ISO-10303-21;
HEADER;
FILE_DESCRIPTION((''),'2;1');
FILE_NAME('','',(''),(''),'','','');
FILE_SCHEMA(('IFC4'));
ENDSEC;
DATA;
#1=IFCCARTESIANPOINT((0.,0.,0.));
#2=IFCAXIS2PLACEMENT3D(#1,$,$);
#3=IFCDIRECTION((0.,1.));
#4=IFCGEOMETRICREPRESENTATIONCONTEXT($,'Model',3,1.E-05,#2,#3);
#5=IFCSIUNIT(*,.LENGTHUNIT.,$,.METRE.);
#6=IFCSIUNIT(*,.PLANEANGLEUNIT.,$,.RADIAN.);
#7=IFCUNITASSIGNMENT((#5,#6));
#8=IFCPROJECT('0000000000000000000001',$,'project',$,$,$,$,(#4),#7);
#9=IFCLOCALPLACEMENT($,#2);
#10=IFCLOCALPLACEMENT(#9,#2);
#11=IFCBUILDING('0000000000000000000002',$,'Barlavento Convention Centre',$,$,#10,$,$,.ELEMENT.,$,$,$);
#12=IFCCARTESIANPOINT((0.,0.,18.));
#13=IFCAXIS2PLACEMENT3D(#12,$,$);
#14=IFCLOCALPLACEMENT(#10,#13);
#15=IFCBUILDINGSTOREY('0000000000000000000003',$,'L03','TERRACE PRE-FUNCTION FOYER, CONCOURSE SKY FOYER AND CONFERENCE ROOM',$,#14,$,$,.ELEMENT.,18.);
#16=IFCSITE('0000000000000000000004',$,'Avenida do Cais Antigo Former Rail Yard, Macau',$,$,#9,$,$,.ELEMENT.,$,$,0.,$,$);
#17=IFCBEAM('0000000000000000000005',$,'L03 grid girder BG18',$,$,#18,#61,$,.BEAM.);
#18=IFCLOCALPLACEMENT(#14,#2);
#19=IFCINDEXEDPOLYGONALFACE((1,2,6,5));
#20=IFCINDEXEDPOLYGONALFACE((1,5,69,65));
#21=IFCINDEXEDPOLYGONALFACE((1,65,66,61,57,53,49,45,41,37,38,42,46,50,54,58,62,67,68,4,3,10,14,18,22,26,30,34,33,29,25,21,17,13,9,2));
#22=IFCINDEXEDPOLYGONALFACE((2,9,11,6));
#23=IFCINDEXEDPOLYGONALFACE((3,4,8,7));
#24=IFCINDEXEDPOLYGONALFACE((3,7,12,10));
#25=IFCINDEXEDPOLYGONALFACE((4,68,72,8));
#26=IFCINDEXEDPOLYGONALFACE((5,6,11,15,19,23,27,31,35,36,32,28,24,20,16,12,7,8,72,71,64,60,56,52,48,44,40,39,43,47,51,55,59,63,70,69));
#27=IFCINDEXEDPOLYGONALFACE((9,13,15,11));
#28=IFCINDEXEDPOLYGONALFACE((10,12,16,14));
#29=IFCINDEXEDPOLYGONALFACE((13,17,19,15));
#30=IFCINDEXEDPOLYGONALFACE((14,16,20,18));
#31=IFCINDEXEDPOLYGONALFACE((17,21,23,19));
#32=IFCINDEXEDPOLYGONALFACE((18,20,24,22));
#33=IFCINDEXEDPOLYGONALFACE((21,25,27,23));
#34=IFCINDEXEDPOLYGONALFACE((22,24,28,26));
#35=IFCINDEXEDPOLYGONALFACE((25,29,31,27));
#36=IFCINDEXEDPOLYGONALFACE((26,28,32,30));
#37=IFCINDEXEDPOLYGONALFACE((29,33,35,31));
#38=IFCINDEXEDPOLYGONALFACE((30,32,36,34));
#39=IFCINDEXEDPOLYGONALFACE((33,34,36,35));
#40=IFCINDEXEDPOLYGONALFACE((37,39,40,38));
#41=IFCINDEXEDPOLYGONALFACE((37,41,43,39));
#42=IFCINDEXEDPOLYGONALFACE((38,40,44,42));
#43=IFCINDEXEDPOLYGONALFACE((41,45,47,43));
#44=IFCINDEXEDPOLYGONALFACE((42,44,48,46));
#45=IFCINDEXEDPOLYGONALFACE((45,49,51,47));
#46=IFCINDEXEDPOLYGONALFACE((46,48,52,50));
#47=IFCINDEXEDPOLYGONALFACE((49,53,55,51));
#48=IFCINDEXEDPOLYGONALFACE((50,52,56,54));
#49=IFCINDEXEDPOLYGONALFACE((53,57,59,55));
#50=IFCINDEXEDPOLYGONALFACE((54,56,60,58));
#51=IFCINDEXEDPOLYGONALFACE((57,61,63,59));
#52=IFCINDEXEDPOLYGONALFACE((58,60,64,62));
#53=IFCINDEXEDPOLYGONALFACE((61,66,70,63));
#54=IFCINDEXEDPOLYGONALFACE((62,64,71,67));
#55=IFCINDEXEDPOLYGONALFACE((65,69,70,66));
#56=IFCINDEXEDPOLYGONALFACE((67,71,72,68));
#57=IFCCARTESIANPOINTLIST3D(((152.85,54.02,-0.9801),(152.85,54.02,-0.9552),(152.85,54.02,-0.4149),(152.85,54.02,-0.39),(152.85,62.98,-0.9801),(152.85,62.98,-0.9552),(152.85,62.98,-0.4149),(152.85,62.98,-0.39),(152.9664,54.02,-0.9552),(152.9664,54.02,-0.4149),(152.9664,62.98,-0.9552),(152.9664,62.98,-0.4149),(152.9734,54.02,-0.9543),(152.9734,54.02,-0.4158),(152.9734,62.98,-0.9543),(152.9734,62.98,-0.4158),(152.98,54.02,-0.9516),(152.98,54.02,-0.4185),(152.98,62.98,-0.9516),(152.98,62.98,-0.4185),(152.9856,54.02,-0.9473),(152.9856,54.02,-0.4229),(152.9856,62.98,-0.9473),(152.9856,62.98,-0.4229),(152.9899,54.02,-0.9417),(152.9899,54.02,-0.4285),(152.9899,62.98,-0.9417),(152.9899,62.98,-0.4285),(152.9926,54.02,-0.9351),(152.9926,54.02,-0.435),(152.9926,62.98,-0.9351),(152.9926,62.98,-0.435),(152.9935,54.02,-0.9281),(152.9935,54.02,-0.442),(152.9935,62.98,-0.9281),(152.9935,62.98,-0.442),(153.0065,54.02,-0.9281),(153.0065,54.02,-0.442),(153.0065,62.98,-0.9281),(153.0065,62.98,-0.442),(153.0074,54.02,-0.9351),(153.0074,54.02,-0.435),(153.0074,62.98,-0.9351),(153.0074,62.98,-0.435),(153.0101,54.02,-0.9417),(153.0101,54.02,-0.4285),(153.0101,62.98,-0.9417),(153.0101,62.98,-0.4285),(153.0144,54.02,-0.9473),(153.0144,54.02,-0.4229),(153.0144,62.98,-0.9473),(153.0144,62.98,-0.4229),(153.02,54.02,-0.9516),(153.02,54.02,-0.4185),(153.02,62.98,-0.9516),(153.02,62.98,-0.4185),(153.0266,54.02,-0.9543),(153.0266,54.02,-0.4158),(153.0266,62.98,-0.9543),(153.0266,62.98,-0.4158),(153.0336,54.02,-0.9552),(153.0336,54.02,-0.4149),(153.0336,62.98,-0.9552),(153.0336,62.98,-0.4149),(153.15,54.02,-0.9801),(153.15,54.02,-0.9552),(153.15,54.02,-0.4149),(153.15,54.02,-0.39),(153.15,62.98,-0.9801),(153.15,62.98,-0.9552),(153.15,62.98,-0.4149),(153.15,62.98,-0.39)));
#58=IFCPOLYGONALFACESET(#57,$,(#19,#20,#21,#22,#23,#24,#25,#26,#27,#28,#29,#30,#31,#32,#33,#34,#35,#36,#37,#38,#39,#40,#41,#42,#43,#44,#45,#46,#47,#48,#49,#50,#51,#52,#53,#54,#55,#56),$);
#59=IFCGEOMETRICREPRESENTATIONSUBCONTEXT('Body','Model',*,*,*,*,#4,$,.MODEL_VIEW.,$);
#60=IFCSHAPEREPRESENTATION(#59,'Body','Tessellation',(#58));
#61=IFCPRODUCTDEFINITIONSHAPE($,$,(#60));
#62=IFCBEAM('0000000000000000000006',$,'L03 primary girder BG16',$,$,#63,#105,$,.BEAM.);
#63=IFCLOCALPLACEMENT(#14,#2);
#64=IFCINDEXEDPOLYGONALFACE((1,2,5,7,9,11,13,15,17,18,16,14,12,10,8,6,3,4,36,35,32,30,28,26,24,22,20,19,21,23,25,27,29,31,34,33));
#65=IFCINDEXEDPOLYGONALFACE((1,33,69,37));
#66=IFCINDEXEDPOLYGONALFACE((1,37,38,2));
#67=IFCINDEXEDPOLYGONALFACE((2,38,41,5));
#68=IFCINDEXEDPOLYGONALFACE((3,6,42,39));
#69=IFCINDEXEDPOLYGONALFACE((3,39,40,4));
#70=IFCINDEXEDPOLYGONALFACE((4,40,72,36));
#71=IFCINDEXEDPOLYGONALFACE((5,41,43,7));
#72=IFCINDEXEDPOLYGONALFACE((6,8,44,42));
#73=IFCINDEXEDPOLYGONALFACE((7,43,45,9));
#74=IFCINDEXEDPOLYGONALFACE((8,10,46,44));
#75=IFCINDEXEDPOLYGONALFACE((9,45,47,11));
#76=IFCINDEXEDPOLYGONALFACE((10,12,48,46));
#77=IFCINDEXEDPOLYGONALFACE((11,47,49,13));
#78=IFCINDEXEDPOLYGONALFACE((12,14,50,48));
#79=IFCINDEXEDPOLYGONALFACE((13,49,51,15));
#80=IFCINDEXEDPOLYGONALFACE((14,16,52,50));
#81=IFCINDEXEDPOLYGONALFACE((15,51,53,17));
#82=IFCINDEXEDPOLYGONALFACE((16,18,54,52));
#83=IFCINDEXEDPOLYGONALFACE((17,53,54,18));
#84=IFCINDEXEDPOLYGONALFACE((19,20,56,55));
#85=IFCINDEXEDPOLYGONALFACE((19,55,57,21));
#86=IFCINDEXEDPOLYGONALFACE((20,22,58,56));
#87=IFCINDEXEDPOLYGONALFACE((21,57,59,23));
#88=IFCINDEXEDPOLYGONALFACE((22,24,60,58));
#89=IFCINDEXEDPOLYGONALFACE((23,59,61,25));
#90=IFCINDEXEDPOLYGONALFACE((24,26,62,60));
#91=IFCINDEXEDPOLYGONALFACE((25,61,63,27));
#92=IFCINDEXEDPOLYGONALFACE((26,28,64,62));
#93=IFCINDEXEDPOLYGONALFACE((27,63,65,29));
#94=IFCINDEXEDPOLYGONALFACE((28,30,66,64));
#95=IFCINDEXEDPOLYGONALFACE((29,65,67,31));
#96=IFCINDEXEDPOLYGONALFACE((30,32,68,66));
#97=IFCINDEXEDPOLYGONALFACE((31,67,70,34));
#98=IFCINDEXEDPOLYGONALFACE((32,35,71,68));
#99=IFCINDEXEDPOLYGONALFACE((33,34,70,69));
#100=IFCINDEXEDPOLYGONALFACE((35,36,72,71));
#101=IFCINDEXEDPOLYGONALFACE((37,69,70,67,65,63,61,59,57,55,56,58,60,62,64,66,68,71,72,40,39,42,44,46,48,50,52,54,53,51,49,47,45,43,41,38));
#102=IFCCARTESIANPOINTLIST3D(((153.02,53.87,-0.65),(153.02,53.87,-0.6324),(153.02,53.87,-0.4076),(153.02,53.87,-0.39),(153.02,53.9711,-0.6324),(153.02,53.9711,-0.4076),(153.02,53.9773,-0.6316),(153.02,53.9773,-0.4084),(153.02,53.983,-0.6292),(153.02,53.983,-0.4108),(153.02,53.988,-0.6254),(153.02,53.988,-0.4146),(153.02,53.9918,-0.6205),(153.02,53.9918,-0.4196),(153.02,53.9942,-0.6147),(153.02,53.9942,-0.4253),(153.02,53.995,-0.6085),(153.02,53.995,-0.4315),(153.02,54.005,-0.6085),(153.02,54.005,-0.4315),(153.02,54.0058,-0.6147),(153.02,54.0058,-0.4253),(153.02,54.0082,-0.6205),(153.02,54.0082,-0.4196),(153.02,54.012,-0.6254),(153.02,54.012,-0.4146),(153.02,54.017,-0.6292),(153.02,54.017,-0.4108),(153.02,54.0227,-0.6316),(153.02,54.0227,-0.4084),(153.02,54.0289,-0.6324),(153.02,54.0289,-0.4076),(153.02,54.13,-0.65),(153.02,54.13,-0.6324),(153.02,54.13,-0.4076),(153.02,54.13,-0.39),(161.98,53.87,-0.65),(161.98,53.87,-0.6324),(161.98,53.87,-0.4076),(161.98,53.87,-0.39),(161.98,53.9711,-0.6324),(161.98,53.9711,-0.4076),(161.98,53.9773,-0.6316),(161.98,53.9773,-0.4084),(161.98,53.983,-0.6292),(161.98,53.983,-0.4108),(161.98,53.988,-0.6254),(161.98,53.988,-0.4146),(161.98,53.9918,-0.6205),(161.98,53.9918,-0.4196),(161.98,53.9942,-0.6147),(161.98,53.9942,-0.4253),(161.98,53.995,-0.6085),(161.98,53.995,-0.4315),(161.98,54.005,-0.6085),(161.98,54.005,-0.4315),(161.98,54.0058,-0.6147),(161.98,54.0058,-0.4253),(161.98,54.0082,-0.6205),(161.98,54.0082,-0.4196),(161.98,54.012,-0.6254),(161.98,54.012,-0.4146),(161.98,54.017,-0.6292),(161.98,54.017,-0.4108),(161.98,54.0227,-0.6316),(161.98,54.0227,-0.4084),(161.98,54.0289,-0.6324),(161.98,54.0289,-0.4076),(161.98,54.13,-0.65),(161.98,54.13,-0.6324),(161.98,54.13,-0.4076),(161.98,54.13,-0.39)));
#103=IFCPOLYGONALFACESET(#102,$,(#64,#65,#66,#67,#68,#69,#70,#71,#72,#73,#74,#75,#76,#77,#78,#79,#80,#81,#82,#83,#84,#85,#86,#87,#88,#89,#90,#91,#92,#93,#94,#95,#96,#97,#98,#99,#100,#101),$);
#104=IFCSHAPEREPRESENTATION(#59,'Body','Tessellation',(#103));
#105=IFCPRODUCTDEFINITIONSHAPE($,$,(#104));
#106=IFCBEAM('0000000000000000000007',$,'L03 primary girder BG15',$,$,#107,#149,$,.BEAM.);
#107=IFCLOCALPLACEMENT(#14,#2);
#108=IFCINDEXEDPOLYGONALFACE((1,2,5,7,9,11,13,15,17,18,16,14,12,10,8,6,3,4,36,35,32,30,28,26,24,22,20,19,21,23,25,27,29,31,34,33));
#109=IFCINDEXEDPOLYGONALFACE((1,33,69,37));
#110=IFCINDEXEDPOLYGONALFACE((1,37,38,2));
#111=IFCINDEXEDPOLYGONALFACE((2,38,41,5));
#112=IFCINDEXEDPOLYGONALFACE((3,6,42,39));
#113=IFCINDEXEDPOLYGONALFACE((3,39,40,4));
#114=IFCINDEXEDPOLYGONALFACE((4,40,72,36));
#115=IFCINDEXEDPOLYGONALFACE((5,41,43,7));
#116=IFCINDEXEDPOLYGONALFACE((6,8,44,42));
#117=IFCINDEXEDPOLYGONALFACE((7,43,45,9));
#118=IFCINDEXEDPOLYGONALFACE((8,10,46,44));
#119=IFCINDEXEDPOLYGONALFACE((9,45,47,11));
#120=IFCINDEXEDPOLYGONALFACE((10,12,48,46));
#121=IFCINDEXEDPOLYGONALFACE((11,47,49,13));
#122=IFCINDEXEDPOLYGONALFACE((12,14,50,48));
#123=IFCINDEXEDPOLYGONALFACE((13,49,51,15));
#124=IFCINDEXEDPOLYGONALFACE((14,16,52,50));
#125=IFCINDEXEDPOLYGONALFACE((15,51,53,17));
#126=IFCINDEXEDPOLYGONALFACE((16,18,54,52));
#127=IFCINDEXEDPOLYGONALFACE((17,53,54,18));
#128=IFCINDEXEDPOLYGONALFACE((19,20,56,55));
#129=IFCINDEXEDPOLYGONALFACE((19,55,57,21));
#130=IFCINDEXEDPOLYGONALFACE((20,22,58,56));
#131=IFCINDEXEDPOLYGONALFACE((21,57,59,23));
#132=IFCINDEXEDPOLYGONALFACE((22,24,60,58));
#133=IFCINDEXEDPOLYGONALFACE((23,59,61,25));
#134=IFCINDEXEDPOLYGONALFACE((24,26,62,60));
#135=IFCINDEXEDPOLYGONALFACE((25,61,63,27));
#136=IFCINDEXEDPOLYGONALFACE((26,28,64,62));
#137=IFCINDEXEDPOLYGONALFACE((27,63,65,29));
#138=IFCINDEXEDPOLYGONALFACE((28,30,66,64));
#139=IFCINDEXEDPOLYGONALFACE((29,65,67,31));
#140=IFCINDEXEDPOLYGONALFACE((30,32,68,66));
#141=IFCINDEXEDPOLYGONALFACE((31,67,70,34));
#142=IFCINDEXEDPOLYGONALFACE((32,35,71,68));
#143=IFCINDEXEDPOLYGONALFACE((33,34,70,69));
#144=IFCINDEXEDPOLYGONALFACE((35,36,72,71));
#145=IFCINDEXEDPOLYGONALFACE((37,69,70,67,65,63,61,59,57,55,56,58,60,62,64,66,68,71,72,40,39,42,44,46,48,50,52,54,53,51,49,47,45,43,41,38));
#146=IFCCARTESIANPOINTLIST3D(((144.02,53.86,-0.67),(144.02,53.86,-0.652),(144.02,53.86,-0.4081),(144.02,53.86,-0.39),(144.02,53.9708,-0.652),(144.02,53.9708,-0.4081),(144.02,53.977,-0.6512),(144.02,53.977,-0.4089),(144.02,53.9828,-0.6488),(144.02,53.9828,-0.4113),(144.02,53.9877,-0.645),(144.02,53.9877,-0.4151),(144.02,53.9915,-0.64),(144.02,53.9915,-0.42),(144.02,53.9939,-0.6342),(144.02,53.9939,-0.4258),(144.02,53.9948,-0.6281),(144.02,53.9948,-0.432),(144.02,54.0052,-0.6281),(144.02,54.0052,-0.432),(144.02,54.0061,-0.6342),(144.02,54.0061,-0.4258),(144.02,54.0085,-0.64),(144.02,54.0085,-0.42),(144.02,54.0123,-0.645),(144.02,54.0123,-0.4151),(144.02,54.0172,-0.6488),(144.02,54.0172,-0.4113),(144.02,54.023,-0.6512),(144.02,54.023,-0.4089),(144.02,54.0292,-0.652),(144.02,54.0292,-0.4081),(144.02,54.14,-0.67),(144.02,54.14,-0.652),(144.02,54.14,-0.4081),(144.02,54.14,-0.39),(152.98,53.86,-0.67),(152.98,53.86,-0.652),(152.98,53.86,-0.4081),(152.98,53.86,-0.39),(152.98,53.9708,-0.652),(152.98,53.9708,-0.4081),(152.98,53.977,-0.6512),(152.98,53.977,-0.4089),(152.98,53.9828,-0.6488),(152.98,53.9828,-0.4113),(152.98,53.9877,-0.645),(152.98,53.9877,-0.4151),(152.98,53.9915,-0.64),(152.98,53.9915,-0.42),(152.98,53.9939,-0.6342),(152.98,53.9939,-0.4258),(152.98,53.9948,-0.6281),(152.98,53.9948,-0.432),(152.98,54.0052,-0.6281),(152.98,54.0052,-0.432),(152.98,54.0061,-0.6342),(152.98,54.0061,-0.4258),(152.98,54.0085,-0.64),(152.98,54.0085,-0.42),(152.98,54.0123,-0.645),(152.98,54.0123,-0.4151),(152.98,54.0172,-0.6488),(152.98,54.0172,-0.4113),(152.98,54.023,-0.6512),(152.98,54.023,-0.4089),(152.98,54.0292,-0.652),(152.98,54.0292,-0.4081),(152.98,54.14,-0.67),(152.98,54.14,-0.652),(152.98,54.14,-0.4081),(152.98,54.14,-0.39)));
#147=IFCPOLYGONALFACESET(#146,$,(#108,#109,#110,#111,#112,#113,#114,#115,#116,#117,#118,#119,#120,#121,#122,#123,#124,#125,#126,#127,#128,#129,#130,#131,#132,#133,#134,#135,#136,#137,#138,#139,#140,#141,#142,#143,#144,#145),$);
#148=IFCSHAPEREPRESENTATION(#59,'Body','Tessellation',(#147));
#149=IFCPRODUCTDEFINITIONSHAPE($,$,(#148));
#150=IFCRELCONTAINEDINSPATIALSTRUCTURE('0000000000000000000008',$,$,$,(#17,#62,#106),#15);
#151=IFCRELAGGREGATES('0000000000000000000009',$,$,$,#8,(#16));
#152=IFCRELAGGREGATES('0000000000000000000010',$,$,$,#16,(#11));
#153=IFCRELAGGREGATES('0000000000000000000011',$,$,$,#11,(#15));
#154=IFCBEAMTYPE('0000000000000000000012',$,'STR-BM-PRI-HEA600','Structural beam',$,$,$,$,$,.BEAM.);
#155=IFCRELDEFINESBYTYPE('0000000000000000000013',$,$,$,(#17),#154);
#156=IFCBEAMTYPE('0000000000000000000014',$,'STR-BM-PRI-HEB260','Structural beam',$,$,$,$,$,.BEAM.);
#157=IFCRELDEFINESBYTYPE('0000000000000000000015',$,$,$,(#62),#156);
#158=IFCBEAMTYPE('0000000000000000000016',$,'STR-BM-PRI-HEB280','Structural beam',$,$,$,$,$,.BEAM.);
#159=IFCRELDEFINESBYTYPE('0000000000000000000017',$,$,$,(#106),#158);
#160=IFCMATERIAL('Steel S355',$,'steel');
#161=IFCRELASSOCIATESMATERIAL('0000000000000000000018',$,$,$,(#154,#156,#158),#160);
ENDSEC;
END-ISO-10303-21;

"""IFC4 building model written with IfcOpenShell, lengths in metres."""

from ifc_helpers import new_model, si_unit, direction, frame, origin, origin_2d, place, context, subcontext, project, spatial, i_section, extrude, material, material_profile, profile_set, type_object, element, save


model = new_model("IFC4")

# Units and contexts
model_context = context("Model", 3, precision=1e-05, world=origin(), true_north=direction((0.0, 1.0)))
body_context = subcontext(model_context, "Body", "Model", "MODEL_VIEW")
ifc_project = project(units=[si_unit("LENGTHUNIT", "METRE"), si_unit("PLANEANGLEUNIT", "RADIAN")], contexts=[model_context])

# Site, building, storey
site_placement = place(None, origin())
site = spatial("IfcSite", under=ifc_project, at=site_placement, Name="Avenida do Cais Antigo Former Rail Yard, Macau", CompositionType="ELEMENT", RefElevation=0.0)
building_placement = place(site_placement, origin())
building = spatial("IfcBuilding", under=site, at=building_placement, Name="Barlavento Convention Centre", CompositionType="ELEMENT")
storey_placement = place(building_placement, frame((0.0, 0.0, 18.0)))
storey = spatial("IfcBuildingStorey", under=building, at=storey_placement, Name="L03", Description="TERRACE PRE-FUNCTION FOYER, CONCOURSE SKY FOYER AND CONFERENCE ROOM", CompositionType="ELEMENT", Elevation=18.0)

# Shared definitions
ifc_material_1 = material(Name="Steel S355", Category="steel")

# Beams
ifc_material_profile_1 = material_profile(ifc_material_1, i_section(OverallWidth=0.3, OverallDepth=0.5901, WebThickness=0.0129, FlangeThickness=0.0249, FilletRadius=0.0271, at=origin_2d()), Name="HEA 600")
ifc_profile_set_1 = profile_set([ifc_material_profile_1], Name="Steel S355")
beam_type_1 = type_object("IfcBeamType", Name="STR-BM-PRI-HEA600", Description="Structural beam", PredefinedType="BEAM", material=ifc_profile_set_1)
beam_1_placement = place(storey_placement, frame((153.0, 54.02, -0.6851), z_axis=(0.0, 1.0, 0.0), x_axis=(-1.0, 0.0, 0.0)))
element("IfcBeam", 1, at=beam_1_placement, inside=storey, type_object=beam_type_1, Name="L03 grid girder BG18", PredefinedType="BEAM", context=body_context, shape_type="SweptSolid", body=[
    extrude(i_section(OverallWidth=0.3, OverallDepth=0.5901, WebThickness=0.0129, FlangeThickness=0.0249, FilletRadius=0.0271, at=origin_2d()), origin(), (0.0, 0.0, 1.0), 8.96),
])
ifc_material_profile_2 = material_profile(ifc_material_1, i_section(OverallWidth=0.26, OverallDepth=0.26, WebThickness=0.01, FlangeThickness=0.0176, FilletRadius=0.0239, at=origin_2d()), Name="HEB 260")
ifc_profile_set_2 = profile_set([ifc_material_profile_2], Name="Steel S355")
beam_type_2 = type_object("IfcBeamType", Name="STR-BM-PRI-HEB260", Description="Structural beam", PredefinedType="BEAM", material=ifc_profile_set_2)
beam_2_placement = place(storey_placement, frame((153.02, 54.0, -0.52), z_axis=(1.0, 0.0, 0.0), x_axis=(0.0, 1.0, 0.0)))
element("IfcBeam", 2, at=beam_2_placement, inside=storey, type_object=beam_type_2, Name="L03 primary girder BG16", PredefinedType="BEAM", context=body_context, shape_type="SweptSolid", body=[
    extrude(i_section(OverallWidth=0.26, OverallDepth=0.26, WebThickness=0.01, FlangeThickness=0.0176, FilletRadius=0.0239, at=origin_2d()), origin(), (0.0, 0.0, 1.0), 8.96),
])
ifc_material_profile_3 = material_profile(ifc_material_1, i_section(OverallWidth=0.28, OverallDepth=0.28, WebThickness=0.0105, FlangeThickness=0.0181, FilletRadius=0.0239, at=origin_2d()), Name="HEB 280")
ifc_profile_set_3 = profile_set([ifc_material_profile_3], Name="Steel S355")
beam_type_3 = type_object("IfcBeamType", Name="STR-BM-PRI-HEB280", Description="Structural beam", PredefinedType="BEAM", material=ifc_profile_set_3)
beam_3_placement = place(storey_placement, frame((144.02, 54.0, -0.53), z_axis=(1.0, 0.0, 0.0), x_axis=(0.0, 1.0, 0.0)))
element("IfcBeam", 3, at=beam_3_placement, inside=storey, type_object=beam_type_3, Name="L03 primary girder BG15", PredefinedType="BEAM", context=body_context, shape_type="SweptSolid", body=[
    extrude(i_section(OverallWidth=0.28, OverallDepth=0.28, WebThickness=0.0105, FlangeThickness=0.0181, FilletRadius=0.0239, at=origin_2d()), origin(), (0.0, 0.0, 1.0), 8.96),
])

save(model, "model.ifc")
